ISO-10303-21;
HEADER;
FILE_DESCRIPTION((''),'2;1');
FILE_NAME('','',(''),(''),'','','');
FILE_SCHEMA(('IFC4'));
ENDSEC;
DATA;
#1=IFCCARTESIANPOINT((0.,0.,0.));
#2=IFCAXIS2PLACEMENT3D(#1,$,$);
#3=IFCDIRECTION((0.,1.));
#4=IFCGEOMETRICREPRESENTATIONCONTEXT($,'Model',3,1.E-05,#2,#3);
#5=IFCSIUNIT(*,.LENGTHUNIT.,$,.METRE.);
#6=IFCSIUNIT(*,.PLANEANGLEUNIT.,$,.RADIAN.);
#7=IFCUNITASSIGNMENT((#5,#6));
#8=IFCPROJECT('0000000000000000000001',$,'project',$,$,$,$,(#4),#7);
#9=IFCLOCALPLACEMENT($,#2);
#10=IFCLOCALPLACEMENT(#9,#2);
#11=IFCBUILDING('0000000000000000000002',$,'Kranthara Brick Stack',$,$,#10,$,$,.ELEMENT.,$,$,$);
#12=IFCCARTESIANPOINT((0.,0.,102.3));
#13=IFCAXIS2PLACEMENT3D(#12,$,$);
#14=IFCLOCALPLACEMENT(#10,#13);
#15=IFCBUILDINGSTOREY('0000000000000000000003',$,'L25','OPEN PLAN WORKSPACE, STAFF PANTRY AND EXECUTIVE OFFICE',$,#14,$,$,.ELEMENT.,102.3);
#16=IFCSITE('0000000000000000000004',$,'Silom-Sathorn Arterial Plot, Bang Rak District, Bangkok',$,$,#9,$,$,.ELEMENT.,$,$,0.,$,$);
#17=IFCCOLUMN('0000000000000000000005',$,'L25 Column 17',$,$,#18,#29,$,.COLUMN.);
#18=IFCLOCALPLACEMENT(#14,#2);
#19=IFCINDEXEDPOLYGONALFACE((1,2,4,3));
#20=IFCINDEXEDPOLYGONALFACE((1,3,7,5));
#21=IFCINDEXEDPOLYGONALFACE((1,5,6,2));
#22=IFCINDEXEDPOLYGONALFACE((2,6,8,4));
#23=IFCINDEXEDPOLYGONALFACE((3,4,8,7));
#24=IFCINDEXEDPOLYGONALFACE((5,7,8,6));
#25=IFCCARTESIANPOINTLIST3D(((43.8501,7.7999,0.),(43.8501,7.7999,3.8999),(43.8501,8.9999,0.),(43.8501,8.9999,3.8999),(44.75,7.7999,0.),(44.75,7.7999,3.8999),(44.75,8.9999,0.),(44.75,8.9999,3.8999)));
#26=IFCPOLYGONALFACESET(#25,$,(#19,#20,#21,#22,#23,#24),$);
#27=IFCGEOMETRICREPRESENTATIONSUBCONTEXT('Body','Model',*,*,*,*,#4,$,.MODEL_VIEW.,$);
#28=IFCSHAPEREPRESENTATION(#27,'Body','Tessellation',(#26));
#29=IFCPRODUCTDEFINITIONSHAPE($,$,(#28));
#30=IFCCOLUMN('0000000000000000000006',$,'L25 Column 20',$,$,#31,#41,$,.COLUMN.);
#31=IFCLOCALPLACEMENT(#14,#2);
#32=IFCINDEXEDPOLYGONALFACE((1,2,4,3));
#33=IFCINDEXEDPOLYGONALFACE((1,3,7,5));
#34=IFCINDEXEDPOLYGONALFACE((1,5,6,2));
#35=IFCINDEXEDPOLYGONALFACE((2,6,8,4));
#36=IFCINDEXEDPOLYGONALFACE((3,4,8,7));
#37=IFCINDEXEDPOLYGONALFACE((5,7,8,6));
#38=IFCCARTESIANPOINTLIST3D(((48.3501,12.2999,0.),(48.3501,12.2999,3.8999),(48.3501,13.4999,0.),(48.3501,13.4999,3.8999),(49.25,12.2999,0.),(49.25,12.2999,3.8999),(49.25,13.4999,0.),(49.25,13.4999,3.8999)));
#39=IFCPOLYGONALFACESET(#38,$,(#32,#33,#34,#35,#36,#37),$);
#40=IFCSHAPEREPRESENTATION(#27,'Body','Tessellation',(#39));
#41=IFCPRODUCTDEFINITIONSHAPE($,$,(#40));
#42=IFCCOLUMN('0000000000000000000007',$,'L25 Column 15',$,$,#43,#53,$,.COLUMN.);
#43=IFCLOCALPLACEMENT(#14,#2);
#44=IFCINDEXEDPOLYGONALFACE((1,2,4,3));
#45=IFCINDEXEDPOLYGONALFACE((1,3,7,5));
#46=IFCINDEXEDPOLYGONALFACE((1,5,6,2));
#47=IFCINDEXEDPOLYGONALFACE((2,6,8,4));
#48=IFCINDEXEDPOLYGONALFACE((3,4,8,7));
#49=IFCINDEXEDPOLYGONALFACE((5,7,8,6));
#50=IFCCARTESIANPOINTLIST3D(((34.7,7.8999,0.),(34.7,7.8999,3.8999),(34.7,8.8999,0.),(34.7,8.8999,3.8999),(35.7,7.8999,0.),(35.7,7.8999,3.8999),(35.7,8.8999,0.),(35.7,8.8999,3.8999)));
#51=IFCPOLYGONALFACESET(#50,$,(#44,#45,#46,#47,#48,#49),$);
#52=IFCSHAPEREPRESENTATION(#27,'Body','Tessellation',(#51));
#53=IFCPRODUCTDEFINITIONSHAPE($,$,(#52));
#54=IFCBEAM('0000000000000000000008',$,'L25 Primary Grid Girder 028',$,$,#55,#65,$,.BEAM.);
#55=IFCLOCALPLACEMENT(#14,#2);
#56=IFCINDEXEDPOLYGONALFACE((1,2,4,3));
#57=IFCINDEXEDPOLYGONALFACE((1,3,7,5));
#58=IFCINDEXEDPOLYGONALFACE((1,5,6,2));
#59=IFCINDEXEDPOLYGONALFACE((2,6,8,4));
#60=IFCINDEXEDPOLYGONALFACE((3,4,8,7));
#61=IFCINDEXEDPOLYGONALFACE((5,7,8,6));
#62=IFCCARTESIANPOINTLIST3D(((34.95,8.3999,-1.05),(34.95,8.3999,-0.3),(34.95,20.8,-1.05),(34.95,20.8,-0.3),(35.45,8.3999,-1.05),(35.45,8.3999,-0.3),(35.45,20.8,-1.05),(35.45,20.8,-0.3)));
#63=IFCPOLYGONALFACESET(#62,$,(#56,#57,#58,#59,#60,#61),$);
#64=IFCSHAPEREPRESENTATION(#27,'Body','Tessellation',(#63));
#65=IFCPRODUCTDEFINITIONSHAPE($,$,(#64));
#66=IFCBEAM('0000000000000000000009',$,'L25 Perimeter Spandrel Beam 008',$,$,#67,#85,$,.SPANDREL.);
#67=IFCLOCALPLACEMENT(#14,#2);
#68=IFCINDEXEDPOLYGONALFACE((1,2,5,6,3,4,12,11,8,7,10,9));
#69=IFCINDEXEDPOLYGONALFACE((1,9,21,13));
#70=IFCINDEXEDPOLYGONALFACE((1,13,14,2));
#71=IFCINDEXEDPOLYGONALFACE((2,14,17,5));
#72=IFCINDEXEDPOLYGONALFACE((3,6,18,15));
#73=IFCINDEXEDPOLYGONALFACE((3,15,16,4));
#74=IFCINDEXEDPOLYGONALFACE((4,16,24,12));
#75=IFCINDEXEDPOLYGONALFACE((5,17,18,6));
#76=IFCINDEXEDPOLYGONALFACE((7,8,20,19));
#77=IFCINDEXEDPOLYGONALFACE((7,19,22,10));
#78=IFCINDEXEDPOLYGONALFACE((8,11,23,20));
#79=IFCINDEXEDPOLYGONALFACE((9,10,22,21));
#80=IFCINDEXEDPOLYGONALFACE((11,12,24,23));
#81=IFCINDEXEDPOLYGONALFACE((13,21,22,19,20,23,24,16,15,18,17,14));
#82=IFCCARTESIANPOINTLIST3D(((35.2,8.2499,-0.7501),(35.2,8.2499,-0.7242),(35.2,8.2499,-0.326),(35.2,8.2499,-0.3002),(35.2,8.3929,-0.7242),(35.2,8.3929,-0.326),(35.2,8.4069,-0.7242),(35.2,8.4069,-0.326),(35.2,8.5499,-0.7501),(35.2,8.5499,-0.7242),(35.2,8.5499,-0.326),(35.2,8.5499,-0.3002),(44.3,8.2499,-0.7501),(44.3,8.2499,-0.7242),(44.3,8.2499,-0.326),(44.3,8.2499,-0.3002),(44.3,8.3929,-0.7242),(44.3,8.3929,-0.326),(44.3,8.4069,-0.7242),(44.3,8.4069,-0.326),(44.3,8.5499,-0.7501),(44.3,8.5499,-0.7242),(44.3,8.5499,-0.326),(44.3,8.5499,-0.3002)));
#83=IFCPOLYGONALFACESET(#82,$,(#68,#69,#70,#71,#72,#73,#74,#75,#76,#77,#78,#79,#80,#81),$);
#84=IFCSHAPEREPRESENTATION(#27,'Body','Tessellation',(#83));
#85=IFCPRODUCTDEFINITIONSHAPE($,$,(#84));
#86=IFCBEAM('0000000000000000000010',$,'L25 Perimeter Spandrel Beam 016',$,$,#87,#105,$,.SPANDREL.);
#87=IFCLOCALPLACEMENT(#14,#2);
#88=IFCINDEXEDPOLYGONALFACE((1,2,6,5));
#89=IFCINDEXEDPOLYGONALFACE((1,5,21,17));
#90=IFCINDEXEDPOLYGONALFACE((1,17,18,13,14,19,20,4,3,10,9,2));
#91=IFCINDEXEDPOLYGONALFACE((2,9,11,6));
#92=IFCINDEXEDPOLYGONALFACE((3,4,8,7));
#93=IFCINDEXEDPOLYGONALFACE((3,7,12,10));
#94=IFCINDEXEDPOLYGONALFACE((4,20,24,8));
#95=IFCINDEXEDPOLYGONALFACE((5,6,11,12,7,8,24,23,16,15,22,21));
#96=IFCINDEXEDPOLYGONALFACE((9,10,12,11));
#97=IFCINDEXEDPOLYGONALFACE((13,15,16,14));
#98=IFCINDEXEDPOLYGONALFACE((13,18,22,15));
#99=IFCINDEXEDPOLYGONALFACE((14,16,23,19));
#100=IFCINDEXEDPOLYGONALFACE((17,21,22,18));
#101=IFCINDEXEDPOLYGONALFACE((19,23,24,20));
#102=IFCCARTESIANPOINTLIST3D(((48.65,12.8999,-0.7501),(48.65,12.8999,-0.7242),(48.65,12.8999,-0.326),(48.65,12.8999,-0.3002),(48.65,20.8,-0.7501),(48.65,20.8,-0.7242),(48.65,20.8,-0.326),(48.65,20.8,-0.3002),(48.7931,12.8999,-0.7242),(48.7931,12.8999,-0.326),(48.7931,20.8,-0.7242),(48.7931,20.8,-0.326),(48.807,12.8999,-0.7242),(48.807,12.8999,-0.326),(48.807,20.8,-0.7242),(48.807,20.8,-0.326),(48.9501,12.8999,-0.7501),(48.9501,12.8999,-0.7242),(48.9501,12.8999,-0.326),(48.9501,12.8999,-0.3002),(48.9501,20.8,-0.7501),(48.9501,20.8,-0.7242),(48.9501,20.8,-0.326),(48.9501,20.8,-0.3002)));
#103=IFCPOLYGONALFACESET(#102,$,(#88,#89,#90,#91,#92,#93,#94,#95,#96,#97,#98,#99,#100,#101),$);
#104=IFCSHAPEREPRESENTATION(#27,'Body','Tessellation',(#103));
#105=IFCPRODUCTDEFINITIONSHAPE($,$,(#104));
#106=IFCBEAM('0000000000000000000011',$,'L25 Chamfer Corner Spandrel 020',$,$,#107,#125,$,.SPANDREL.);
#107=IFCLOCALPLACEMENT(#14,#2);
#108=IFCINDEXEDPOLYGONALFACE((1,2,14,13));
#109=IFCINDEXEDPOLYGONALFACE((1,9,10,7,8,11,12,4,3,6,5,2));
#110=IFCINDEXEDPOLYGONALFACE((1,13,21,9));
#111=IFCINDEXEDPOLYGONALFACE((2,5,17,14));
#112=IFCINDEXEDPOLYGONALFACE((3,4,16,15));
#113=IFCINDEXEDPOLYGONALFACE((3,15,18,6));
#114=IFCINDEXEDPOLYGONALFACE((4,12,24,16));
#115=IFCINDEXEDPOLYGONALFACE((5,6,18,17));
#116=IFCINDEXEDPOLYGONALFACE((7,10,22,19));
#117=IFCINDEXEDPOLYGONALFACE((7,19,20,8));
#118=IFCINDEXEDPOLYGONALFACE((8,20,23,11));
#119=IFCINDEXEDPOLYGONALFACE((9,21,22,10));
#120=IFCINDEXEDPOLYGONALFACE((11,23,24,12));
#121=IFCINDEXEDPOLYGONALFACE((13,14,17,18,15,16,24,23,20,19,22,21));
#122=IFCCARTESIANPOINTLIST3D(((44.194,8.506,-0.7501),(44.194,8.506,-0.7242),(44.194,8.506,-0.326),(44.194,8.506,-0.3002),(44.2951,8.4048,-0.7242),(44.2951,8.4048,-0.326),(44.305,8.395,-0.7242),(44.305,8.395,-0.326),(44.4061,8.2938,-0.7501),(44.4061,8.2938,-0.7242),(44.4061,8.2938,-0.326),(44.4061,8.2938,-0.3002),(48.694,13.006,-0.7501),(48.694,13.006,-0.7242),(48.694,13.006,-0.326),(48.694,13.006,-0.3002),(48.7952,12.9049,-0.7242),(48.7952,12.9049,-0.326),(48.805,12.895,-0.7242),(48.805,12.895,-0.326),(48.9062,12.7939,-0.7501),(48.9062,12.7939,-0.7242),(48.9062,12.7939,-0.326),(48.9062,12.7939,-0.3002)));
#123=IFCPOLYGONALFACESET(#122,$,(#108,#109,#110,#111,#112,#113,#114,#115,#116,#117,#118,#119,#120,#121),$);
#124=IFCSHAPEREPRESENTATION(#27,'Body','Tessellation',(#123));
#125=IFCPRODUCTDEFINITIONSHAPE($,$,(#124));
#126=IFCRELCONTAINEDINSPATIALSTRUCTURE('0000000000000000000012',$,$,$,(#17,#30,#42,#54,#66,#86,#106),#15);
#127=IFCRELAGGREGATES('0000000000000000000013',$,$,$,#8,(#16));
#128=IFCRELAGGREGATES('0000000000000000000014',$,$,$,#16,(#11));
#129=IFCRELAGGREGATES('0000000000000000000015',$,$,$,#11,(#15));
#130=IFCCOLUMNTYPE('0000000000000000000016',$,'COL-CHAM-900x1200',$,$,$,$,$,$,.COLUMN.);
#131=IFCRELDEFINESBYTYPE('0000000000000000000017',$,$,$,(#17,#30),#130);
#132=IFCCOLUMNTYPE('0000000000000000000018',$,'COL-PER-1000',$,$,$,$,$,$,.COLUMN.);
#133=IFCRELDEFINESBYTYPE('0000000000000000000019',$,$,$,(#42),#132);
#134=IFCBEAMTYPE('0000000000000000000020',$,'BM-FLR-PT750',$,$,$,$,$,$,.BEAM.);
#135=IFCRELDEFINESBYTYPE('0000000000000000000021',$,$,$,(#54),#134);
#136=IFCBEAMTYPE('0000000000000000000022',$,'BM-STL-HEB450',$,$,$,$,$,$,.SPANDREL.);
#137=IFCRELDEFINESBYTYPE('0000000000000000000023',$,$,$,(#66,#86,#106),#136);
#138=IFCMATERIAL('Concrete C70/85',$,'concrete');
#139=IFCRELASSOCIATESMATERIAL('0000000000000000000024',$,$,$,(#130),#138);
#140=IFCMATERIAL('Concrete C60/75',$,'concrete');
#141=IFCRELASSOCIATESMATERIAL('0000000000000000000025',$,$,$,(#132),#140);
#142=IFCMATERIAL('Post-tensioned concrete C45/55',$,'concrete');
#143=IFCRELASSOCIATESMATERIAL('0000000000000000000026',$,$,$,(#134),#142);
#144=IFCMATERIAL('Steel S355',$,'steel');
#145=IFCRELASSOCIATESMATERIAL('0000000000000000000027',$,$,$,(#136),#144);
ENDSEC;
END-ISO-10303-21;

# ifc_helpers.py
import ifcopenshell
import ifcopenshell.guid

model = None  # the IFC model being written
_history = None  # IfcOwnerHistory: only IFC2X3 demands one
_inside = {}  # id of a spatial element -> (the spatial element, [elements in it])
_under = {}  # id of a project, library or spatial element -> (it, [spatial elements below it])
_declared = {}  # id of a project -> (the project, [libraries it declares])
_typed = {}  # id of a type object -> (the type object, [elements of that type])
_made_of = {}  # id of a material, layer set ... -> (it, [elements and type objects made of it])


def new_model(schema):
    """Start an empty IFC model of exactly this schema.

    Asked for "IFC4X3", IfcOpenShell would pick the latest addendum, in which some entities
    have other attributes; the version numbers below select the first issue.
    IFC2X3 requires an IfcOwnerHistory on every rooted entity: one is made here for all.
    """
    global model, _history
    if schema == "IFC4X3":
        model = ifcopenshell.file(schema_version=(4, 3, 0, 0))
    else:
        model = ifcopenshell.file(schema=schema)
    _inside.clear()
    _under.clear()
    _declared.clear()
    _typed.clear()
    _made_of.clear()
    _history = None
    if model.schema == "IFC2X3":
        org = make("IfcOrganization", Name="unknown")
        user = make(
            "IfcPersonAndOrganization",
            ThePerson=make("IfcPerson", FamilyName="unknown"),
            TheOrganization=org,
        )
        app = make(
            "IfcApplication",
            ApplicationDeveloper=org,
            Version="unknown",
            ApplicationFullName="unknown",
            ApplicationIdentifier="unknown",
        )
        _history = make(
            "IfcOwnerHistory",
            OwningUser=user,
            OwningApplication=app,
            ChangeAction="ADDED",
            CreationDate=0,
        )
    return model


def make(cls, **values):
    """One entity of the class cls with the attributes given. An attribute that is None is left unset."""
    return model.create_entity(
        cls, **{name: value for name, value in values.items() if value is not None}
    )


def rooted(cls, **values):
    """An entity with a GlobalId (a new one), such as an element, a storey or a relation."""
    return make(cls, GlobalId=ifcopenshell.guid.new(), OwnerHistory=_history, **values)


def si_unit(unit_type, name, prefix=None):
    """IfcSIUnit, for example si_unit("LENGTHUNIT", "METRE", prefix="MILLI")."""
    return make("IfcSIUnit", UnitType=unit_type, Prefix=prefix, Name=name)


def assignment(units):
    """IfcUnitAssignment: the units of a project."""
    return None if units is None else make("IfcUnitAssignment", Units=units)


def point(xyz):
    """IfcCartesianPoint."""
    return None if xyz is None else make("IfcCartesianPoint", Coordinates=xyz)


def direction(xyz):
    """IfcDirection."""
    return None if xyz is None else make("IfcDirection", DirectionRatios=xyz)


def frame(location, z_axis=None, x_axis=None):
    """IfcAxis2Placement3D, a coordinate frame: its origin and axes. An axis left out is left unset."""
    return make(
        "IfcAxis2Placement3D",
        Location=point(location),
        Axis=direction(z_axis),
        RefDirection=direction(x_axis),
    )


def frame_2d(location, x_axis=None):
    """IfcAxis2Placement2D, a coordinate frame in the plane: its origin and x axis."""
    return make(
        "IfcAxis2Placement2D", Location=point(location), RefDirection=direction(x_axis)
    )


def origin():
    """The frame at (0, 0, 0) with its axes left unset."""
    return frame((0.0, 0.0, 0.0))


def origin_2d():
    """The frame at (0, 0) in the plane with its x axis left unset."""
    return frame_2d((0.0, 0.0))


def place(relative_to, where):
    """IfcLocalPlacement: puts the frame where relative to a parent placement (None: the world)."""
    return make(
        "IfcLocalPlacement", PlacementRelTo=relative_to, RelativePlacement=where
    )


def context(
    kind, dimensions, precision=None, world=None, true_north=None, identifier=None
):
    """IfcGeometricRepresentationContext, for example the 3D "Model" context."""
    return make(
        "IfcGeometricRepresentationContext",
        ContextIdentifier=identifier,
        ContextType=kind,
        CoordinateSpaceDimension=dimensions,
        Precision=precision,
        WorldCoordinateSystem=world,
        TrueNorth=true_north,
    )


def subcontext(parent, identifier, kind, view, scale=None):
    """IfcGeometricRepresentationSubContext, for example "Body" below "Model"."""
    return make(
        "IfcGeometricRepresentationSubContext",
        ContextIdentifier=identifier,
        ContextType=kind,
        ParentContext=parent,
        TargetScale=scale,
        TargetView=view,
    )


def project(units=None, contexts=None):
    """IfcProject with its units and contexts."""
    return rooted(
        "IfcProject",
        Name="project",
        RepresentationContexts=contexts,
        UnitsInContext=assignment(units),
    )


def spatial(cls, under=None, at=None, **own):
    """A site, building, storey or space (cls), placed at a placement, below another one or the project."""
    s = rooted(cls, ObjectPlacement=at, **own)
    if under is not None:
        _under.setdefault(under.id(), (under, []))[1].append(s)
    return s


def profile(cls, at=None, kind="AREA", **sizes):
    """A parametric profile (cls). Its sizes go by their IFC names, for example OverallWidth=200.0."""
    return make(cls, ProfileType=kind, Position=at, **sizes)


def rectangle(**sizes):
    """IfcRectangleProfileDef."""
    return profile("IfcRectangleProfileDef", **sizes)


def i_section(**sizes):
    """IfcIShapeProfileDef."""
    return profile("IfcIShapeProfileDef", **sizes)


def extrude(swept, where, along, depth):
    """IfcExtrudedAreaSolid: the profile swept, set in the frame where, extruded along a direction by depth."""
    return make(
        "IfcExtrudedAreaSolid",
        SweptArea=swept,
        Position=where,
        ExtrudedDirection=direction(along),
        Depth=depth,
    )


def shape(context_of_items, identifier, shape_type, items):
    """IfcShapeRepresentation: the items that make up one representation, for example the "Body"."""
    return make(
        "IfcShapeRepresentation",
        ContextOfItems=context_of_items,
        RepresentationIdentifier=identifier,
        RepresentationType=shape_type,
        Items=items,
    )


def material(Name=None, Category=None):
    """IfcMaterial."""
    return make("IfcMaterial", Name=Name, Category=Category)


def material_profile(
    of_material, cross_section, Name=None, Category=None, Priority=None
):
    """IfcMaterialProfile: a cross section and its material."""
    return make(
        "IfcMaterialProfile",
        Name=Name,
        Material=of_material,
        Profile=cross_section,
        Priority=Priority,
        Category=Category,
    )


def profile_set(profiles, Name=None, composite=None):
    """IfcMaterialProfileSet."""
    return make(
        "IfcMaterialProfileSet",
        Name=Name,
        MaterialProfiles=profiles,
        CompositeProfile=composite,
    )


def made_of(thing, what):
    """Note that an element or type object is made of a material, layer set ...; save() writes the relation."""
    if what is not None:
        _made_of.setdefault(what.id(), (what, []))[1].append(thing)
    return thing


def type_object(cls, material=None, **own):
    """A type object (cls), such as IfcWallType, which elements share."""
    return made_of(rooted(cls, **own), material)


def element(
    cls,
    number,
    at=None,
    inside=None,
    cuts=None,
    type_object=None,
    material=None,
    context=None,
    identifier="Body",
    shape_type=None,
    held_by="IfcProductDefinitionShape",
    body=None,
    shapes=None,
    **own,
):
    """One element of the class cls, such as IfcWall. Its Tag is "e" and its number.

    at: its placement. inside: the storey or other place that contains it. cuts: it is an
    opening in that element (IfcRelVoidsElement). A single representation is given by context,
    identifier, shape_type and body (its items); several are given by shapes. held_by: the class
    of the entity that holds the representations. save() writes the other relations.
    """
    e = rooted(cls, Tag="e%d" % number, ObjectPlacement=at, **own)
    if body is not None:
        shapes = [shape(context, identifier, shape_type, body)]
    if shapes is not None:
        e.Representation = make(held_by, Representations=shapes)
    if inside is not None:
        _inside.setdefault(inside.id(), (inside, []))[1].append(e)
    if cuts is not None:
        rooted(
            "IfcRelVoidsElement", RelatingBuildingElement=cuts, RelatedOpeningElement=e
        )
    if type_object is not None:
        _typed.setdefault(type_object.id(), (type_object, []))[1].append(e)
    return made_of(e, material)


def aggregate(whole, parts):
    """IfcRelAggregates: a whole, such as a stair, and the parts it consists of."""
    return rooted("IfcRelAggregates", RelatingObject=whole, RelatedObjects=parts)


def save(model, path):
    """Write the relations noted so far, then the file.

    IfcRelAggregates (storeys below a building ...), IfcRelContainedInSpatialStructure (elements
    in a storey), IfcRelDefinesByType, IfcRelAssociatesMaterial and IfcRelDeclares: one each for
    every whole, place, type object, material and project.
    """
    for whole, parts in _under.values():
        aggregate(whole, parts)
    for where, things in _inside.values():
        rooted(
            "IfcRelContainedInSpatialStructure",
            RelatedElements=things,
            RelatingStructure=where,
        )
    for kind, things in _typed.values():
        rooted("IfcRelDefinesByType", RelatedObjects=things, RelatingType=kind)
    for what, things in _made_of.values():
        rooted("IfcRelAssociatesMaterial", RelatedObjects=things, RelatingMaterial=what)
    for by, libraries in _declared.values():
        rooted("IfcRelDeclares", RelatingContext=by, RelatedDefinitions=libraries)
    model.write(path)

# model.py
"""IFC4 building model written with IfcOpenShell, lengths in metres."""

from ifc_helpers import new_model, si_unit, direction, frame, origin, origin_2d, place, context, subcontext, project, spatial, rectangle, i_section, extrude, material, material_profile, profile_set, type_object, element, save


model = new_model("IFC4")

# Units and contexts
model_context = context("Model", 3, precision=1e-05, world=origin(), true_north=direction((0.0, 1.0)))
body_context = subcontext(model_context, "Body", "Model", "MODEL_VIEW")
ifc_project = project(units=[si_unit("LENGTHUNIT", "METRE"), si_unit("PLANEANGLEUNIT", "RADIAN")], contexts=[model_context])

# Site, building, storey
site_placement = place(None, origin())
site = spatial("IfcSite", under=ifc_project, at=site_placement, Name="Silom-Sathorn Arterial Plot, Bang Rak District, Bangkok", CompositionType="ELEMENT", RefElevation=0.0)
building_placement = place(site_placement, origin())
building = spatial("IfcBuilding", under=site, at=building_placement, Name="Kranthara Brick Stack", CompositionType="ELEMENT")
storey_placement = place(building_placement, frame((0.0, 0.0, 102.3)))
storey = spatial("IfcBuildingStorey", under=building, at=storey_placement, Name="L25", Description="OPEN PLAN WORKSPACE, STAFF PANTRY AND EXECUTIVE OFFICE", CompositionType="ELEMENT", Elevation=102.3)

# Columns
ifc_material_1 = material(Name="Concrete C70/85", Category="concrete")
ifc_material_profile_1 = material_profile(ifc_material_1, rectangle(XDim=0.8999, YDim=1.2, at=origin_2d()), Name="RC 900x1200")
ifc_profile_set_1 = profile_set([ifc_material_profile_1], Name="Concrete C70/85")
column_type_1 = type_object("IfcColumnType", Name="COL-CHAM-900x1200", PredefinedType="COLUMN", material=ifc_profile_set_1)
for number, where, z_axis, x_axis, name in (
    (1, (44.3, 8.3999, 0.0), (0.0, 0.0, 1.0), (1.0, 0.0, 0.0), "L25 Column 17"),
    (2, (48.8, 12.8999, 0.0), (0.0, 0.0, 1.0), (1.0, 0.0, 0.0), "L25 Column 20"),
):
    element("IfcColumn", number, at=place(storey_placement, frame(where, z_axis=z_axis, x_axis=x_axis)), inside=storey, type_object=column_type_1, Name=name, PredefinedType="COLUMN", context=body_context, shape_type="SweptSolid", body=[
        extrude(rectangle(XDim=0.8999, YDim=1.2, at=origin_2d()), origin(), (0.0, 0.0, 1.0), 3.8999),
    ])
ifc_material_2 = material(Name="Concrete C60/75", Category="concrete")
ifc_material_profile_2 = material_profile(ifc_material_2, rectangle(XDim=1.0, YDim=1.0, at=origin_2d()), Name="RC 1000x1000")
ifc_profile_set_2 = profile_set([ifc_material_profile_2], Name="Concrete C60/75")
column_type_2 = type_object("IfcColumnType", Name="COL-PER-1000", PredefinedType="COLUMN", material=ifc_profile_set_2)
column_placement = place(storey_placement, frame((35.2, 8.3999, 0.0), z_axis=(0.0, 0.0, 1.0), x_axis=(1.0, 0.0, 0.0)))
element("IfcColumn", 3, at=column_placement, inside=storey, type_object=column_type_2, Name="L25 Column 15", PredefinedType="COLUMN", context=body_context, shape_type="SweptSolid", body=[
    extrude(rectangle(XDim=1.0, YDim=1.0, at=origin_2d()), origin(), (0.0, 0.0, 1.0), 3.8999),
])

# Beams
ifc_material_3 = material(Name="Post-tensioned concrete C45/55", Category="concrete")
ifc_material_profile_3 = material_profile(ifc_material_3, rectangle(XDim=0.5, YDim=0.75, at=origin_2d()), Name="PT 500x750")
ifc_profile_set_3 = profile_set([ifc_material_profile_3], Name="Post-tensioned concrete C45/55")
beam_type_1 = type_object("IfcBeamType", Name="BM-FLR-PT750", PredefinedType="BEAM", material=ifc_profile_set_3)
beam_1_placement = place(storey_placement, frame((35.2, 8.3999, -0.675), z_axis=(0.0, 1.0, 0.0), x_axis=(-1.0, 0.0, 0.0)))
element("IfcBeam", 4, at=beam_1_placement, inside=storey, type_object=beam_type_1, Name="L25 Primary Grid Girder 028", PredefinedType="BEAM", context=body_context, shape_type="SweptSolid", body=[
    extrude(rectangle(XDim=0.5, YDim=0.75, at=origin_2d()), origin(), (0.0, 0.0, 1.0), 12.4001),
])
ifc_material_4 = material(Name="Steel S355", Category="steel")
ifc_material_profile_4 = material_profile(ifc_material_4, i_section(OverallWidth=0.3, OverallDepth=0.45, WebThickness=0.0139, FlangeThickness=0.0259, at=origin_2d()), Name="HEB 450")
ifc_profile_set_4 = profile_set([ifc_material_profile_4], Name="Steel S355")
beam_type_2 = type_object("IfcBeamType", Name="BM-STL-HEB450", PredefinedType="SPANDREL", material=ifc_profile_set_4)
beam_2_placement = place(storey_placement, frame((35.2, 8.3999, -0.5251), z_axis=(1.0, 0.0, 0.0), x_axis=(0.0, 1.0, 0.0)))
element("IfcBeam", 5, at=beam_2_placement, inside=storey, type_object=beam_type_2, Name="L25 Perimeter Spandrel Beam 008", PredefinedType="SPANDREL", context=body_context, shape_type="SweptSolid", body=[
    extrude(i_section(OverallWidth=0.3, OverallDepth=0.45, WebThickness=0.0139, FlangeThickness=0.0259, at=origin_2d()), origin(), (0.0, 0.0, 1.0), 9.1001),
])
beam_3_placement = place(storey_placement, frame((48.8, 12.8999, -0.5251), z_axis=(0.0, 1.0, 0.0), x_axis=(-1.0, 0.0, 0.0)))
element("IfcBeam", 6, at=beam_3_placement, inside=storey, type_object=beam_type_2, Name="L25 Perimeter Spandrel Beam 016", PredefinedType="SPANDREL", context=body_context, shape_type="SweptSolid", body=[
    extrude(i_section(OverallWidth=0.3, OverallDepth=0.45, WebThickness=0.0139, FlangeThickness=0.0259, at=origin_2d()), origin(), (0.0, 0.0, 1.0), 7.9001),
])
beam_4_placement = place(storey_placement, frame((44.3, 8.3999, -0.5251), z_axis=(0.707107, 0.707107, 0.0), x_axis=(-0.707107, 0.707107, 0.0)))
element("IfcBeam", 7, at=beam_4_placement, inside=storey, type_object=beam_type_2, Name="L25 Chamfer Corner Spandrel 020", PredefinedType="SPANDREL", context=body_context, shape_type="SweptSolid", body=[
    extrude(i_section(OverallWidth=0.3, OverallDepth=0.45, WebThickness=0.0139, FlangeThickness=0.0259, at=origin_2d()), origin(), (0.0, 0.0, 1.0), 6.364),
])

save(model, "model.ifc")
